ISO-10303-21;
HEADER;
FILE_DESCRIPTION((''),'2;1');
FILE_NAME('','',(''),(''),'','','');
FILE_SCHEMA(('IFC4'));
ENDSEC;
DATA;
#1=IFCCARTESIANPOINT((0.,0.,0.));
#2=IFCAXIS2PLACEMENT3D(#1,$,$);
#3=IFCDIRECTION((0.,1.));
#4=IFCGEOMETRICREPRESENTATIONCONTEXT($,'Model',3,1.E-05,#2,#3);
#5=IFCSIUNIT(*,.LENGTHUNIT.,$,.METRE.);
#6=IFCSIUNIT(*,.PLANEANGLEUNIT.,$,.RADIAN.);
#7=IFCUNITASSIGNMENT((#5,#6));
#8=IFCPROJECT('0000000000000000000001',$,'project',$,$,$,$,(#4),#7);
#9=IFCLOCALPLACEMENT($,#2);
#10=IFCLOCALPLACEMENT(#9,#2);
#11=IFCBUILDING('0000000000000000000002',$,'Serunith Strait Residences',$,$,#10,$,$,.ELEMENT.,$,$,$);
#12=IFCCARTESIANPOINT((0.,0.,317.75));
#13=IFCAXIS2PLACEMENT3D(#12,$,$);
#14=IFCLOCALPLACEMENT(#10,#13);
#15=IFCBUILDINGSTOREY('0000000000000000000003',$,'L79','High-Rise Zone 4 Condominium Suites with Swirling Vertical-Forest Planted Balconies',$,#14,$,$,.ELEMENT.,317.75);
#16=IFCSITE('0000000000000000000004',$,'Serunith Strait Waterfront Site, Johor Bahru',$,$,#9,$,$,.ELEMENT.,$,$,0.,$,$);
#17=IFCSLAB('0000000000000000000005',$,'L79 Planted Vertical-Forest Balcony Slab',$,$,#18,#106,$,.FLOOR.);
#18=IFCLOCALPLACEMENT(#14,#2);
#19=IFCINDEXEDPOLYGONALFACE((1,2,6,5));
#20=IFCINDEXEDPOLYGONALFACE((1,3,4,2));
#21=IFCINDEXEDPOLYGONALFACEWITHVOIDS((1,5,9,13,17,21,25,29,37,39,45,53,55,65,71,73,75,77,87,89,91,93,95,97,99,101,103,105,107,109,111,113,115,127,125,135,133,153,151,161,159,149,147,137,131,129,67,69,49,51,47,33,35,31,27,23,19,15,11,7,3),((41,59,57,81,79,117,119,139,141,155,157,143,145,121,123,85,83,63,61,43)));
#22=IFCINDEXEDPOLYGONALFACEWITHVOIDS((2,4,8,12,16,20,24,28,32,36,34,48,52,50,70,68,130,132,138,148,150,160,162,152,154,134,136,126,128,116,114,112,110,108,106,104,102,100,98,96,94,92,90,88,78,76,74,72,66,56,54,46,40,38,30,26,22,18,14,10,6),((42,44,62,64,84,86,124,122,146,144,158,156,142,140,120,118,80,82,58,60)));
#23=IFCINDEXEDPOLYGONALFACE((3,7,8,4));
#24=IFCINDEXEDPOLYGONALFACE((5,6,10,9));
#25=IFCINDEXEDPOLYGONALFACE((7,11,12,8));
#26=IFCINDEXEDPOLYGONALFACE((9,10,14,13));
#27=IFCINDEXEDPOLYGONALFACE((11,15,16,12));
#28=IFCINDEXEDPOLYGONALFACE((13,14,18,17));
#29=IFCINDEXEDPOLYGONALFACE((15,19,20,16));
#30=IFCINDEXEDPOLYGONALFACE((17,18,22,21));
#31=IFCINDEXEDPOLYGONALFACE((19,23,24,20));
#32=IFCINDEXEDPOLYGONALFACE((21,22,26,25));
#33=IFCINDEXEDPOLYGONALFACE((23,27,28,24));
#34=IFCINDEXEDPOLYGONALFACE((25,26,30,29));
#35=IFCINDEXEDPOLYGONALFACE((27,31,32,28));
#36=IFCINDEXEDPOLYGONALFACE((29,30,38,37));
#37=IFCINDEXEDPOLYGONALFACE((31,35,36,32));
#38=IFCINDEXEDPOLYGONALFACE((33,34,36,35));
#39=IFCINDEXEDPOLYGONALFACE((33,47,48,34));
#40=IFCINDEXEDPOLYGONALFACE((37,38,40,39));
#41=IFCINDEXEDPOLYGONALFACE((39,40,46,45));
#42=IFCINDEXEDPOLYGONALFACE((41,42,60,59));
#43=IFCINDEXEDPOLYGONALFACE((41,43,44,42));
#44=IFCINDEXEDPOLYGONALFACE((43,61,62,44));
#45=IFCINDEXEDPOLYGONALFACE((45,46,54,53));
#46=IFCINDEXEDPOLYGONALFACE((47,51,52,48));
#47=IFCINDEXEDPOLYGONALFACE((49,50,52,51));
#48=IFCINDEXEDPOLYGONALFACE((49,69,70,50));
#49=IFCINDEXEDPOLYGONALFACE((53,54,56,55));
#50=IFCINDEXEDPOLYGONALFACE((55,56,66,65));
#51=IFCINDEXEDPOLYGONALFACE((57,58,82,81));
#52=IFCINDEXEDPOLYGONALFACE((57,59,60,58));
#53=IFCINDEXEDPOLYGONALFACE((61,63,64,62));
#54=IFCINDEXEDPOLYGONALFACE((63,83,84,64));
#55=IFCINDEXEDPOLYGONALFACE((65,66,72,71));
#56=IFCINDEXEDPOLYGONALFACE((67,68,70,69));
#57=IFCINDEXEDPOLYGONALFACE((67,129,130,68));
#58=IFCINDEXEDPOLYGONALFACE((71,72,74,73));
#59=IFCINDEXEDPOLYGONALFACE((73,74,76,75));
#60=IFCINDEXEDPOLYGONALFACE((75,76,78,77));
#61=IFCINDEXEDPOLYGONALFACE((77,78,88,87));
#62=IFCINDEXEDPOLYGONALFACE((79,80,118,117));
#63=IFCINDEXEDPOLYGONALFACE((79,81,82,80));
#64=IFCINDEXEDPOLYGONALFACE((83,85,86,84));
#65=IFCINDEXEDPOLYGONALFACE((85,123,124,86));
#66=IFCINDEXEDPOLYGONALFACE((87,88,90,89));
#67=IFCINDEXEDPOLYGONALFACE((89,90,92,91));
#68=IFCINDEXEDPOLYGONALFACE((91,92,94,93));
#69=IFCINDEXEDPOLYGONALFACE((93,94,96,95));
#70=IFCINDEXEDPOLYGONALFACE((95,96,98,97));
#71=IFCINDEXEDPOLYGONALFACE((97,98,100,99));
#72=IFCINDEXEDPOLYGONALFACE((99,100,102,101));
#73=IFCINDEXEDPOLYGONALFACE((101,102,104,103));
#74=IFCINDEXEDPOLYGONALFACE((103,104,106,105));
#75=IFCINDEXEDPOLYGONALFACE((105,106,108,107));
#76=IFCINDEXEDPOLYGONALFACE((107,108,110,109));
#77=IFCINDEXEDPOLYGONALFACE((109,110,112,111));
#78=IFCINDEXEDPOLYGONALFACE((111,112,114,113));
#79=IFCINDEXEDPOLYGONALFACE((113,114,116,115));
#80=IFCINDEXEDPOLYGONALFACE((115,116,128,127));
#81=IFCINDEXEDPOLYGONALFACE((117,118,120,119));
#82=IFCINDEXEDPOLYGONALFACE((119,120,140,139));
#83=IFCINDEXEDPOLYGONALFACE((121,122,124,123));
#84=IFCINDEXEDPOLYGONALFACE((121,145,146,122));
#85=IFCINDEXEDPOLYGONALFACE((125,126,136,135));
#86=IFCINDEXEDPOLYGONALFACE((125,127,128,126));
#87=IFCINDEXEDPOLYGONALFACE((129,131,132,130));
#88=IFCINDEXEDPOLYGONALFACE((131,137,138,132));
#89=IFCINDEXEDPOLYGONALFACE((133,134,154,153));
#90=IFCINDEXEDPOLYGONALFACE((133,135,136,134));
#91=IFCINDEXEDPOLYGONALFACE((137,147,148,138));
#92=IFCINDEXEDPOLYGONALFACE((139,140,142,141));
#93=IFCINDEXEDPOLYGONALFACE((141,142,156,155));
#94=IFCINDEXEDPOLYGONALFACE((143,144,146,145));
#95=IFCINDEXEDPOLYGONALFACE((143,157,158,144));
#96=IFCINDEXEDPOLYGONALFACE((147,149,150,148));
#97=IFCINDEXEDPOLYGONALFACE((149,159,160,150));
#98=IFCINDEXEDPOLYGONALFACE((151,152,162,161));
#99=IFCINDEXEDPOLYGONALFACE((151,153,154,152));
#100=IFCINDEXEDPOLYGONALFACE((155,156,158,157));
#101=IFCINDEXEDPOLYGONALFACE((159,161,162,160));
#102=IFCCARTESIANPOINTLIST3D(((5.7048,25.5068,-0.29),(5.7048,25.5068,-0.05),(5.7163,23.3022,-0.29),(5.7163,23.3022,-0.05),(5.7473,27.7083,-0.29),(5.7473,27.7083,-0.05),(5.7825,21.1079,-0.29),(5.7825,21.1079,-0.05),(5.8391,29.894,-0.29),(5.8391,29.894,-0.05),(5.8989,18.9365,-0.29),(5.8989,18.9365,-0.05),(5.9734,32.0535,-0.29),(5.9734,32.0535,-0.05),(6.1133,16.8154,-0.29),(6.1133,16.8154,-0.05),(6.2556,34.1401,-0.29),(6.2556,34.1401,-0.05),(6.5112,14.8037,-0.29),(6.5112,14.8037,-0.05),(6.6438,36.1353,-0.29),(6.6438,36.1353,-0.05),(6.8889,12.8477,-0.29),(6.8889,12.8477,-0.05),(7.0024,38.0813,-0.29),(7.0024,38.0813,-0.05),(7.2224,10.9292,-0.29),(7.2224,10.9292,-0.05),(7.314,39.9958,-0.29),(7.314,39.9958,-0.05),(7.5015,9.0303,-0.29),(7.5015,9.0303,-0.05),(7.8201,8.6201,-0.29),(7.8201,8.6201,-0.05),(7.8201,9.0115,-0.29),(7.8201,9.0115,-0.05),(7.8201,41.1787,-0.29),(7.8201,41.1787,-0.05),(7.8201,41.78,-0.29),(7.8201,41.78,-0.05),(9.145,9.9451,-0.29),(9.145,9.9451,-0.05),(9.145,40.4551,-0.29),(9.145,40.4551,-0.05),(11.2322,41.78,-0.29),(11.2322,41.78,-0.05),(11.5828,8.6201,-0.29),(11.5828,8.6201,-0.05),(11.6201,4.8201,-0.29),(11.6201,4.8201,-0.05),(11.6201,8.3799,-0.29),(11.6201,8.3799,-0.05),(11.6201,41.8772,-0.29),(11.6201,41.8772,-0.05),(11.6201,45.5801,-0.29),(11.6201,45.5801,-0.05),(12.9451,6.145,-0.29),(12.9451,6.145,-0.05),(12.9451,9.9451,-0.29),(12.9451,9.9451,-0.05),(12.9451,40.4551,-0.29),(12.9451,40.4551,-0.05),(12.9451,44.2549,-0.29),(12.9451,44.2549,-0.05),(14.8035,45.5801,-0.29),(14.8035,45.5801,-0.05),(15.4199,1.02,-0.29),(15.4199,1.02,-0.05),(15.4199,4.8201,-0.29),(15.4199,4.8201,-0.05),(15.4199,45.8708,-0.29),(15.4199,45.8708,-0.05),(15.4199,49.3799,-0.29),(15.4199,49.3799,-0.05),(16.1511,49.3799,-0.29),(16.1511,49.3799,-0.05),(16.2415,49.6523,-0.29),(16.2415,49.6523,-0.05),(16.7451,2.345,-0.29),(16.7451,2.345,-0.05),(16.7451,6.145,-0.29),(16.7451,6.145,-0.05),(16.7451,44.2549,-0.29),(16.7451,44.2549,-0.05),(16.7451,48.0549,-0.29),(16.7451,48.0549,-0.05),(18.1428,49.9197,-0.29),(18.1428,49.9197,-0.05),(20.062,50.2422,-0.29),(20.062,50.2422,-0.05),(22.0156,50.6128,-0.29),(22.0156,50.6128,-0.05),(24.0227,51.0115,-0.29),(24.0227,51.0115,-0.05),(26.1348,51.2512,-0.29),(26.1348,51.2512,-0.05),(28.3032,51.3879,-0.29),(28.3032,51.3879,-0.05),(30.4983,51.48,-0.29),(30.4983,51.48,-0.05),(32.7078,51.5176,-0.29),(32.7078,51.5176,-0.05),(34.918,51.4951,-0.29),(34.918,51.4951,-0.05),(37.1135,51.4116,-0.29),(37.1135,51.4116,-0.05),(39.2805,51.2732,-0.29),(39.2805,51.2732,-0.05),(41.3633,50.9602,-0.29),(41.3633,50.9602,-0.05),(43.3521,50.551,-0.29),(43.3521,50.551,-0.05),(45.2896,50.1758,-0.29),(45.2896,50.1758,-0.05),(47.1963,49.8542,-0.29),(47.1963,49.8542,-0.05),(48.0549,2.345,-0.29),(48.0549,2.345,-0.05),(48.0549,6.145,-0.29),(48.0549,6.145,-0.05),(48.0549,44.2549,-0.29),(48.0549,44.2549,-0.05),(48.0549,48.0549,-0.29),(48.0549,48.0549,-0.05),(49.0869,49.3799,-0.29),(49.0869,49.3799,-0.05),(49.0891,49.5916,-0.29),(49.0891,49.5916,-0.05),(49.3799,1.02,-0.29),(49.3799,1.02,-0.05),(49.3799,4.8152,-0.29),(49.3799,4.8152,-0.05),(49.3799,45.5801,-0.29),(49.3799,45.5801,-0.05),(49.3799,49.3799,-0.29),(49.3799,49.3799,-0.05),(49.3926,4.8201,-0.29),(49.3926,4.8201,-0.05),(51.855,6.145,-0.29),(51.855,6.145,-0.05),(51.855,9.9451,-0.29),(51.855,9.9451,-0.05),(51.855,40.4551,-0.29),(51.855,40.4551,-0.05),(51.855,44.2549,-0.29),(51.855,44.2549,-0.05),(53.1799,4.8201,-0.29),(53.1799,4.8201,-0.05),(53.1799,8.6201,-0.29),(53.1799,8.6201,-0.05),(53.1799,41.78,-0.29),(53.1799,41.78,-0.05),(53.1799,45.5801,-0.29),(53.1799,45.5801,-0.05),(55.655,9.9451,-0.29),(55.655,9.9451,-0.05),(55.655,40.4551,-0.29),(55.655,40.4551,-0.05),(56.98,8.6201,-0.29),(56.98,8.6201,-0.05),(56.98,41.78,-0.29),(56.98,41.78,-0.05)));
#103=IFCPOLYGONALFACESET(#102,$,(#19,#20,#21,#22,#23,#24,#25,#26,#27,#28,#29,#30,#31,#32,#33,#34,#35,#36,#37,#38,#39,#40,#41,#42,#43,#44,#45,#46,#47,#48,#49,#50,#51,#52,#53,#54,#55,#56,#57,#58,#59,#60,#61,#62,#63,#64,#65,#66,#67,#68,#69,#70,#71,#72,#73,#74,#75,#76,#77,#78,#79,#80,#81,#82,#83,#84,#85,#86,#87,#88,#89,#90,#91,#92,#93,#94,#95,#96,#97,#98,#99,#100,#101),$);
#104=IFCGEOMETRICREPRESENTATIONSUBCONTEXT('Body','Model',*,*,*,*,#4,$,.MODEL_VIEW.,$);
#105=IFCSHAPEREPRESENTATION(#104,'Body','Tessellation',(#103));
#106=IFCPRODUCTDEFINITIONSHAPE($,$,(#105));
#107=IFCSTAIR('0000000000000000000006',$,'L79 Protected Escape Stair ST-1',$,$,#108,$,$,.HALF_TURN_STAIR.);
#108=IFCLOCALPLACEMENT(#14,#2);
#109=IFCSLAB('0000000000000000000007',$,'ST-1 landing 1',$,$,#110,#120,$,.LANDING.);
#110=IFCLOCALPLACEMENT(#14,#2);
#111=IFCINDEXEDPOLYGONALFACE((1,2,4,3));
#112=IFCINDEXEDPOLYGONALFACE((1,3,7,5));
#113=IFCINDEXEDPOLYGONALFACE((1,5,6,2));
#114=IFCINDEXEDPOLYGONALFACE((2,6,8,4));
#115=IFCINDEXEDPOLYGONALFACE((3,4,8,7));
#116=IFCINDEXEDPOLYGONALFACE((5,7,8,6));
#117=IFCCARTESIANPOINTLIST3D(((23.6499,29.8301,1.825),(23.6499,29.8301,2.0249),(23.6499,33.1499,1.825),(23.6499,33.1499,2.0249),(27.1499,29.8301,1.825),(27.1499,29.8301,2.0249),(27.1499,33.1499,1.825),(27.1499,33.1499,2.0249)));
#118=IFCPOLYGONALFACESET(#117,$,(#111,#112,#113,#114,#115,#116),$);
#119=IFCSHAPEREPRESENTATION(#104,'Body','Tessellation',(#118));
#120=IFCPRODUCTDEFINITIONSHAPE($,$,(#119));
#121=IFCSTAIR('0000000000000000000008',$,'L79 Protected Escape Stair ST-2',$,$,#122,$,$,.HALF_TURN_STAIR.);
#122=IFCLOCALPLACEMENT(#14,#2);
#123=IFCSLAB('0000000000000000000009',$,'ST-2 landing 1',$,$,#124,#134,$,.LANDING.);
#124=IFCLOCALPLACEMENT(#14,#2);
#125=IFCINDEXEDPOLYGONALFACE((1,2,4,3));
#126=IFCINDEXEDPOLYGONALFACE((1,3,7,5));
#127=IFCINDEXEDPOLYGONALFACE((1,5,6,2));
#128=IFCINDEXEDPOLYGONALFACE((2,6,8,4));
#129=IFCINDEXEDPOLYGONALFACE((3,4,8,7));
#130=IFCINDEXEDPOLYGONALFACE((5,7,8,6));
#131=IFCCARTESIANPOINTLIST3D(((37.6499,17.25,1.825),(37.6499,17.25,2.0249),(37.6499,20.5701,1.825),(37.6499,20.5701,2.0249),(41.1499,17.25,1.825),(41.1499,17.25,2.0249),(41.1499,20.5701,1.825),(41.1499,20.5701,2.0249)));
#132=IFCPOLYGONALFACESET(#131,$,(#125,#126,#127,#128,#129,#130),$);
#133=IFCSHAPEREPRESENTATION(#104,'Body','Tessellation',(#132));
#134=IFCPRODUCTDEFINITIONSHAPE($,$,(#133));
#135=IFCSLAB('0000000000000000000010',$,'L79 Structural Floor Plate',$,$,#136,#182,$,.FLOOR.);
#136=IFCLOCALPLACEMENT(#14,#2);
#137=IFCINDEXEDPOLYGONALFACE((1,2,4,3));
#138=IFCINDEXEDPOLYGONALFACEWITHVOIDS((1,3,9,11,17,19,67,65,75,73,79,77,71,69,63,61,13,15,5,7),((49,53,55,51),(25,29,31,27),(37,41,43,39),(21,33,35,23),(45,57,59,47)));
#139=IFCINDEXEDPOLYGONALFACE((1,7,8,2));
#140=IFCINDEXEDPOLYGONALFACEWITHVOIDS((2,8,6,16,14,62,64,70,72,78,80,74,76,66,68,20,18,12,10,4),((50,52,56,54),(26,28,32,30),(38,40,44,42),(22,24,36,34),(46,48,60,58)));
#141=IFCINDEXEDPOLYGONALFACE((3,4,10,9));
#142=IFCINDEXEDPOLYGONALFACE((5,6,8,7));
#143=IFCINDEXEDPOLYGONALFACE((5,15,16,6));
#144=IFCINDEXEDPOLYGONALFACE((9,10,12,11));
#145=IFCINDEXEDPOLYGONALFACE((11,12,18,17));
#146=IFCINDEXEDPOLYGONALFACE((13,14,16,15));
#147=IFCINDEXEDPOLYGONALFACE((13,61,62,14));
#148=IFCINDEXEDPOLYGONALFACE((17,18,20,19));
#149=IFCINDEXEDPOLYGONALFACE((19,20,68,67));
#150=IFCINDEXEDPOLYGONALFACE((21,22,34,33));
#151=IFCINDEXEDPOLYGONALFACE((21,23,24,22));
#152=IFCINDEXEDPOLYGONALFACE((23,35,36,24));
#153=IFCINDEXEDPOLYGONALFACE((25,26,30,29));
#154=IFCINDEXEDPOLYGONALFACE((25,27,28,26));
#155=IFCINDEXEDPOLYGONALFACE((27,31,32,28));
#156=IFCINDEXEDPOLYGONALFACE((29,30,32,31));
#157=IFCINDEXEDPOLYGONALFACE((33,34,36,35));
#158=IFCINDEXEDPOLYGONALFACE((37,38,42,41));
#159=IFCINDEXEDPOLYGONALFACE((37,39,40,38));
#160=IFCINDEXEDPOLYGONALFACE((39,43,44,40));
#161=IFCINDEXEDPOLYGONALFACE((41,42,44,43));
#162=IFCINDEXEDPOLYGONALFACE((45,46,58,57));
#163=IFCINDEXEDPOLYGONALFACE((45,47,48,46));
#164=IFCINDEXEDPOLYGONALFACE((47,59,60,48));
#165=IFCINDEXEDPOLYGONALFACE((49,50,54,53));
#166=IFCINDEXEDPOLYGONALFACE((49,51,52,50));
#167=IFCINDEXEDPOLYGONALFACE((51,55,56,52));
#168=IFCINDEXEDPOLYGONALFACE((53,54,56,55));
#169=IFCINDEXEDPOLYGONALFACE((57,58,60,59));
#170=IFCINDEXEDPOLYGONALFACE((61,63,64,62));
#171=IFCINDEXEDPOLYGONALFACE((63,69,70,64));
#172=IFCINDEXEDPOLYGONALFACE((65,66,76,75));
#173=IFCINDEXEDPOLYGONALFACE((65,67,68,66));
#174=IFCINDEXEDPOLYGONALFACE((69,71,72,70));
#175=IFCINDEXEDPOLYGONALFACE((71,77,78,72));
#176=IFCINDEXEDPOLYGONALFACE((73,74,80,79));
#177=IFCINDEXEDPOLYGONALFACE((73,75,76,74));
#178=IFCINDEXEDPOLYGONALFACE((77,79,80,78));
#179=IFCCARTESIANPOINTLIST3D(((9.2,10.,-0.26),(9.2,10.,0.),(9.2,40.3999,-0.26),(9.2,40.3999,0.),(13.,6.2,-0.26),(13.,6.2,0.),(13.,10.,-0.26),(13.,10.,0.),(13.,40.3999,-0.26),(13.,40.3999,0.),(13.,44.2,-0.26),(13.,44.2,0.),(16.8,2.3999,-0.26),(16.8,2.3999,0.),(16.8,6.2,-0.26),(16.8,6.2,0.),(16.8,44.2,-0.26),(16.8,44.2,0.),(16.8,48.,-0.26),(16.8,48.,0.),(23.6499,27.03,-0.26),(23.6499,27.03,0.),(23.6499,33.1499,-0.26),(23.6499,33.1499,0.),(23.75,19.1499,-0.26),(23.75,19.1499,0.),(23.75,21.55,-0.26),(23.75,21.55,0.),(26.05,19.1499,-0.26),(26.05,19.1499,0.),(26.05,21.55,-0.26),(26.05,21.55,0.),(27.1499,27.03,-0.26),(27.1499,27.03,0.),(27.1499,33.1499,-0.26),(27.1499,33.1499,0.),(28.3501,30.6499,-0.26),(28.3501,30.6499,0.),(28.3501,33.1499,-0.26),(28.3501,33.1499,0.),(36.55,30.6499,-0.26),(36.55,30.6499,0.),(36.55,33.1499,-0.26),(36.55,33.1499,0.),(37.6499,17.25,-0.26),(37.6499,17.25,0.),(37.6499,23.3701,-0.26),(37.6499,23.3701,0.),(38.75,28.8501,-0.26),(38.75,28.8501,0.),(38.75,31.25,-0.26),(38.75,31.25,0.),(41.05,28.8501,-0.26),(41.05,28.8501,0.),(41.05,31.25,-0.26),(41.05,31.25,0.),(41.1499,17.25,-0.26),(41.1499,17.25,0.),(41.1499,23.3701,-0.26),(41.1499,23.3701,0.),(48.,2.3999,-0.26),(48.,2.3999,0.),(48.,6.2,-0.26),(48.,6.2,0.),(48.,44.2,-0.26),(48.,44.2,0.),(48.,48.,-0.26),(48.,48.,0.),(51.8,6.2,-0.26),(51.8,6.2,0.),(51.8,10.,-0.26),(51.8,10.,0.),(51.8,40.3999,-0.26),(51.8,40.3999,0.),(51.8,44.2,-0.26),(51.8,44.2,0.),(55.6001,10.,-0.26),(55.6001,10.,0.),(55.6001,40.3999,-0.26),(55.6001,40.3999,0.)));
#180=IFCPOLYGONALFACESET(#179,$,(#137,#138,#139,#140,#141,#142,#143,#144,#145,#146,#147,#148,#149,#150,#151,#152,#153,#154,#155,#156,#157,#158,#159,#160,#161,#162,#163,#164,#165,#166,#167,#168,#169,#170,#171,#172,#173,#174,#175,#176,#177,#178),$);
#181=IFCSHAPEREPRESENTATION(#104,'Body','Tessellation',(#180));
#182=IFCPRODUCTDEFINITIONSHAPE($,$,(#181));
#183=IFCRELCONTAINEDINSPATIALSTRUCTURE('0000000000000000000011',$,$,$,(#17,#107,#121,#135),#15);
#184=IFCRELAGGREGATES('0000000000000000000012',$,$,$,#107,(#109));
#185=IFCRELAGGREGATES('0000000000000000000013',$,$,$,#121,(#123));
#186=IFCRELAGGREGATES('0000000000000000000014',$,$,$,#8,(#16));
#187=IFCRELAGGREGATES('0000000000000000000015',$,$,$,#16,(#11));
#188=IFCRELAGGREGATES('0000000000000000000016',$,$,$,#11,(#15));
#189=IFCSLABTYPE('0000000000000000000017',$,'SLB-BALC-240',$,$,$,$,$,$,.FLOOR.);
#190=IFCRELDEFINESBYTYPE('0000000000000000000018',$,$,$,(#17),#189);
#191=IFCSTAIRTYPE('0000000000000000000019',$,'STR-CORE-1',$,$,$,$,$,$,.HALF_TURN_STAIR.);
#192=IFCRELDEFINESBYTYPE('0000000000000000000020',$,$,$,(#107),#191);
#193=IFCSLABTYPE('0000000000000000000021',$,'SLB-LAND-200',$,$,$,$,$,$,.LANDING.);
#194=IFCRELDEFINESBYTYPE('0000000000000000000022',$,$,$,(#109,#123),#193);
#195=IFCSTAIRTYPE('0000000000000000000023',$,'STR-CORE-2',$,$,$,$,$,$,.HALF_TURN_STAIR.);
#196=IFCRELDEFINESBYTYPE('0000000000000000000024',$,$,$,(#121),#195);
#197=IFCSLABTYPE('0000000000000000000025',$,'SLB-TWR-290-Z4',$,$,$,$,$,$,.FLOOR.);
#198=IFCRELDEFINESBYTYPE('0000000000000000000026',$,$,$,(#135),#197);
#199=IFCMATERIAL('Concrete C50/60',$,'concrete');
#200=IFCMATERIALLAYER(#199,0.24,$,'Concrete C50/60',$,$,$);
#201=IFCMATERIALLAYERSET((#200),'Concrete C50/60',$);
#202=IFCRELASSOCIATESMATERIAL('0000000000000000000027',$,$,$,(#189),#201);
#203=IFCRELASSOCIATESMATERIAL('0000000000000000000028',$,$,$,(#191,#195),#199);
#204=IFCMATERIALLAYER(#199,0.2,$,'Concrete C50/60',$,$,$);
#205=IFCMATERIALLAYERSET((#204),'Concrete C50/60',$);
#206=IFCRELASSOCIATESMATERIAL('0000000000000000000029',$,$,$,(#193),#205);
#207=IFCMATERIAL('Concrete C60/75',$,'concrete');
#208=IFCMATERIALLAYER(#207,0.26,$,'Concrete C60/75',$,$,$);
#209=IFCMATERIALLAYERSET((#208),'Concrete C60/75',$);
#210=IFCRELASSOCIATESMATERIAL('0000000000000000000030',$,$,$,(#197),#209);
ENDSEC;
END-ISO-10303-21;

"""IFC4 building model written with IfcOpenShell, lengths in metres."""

from ifc_helpers import new_model, si_unit, direction, frame, origin, place, context, subcontext, project, spatial, polyline, outline, extrude, material, layer, layer_set, type_object, element, aggregate, save


model = new_model("IFC4")

# Units and contexts
model_context = context("Model", 3, precision=1e-05, world=origin(), true_north=direction((0.0, 1.0)))
body_context = subcontext(model_context, "Body", "Model", "MODEL_VIEW")
ifc_project = project(units=[si_unit("LENGTHUNIT", "METRE"), si_unit("PLANEANGLEUNIT", "RADIAN")], contexts=[model_context])

# Site, building, storey
site_placement = place(None, origin())
site = spatial("IfcSite", under=ifc_project, at=site_placement, Name="Serunith Strait Waterfront Site, Johor Bahru", CompositionType="ELEMENT", RefElevation=0.0)
building_placement = place(site_placement, origin())
building = spatial("IfcBuilding", under=site, at=building_placement, Name="Serunith Strait Residences", CompositionType="ELEMENT")
storey_placement = place(building_placement, frame((0.0, 0.0, 317.75)))
storey = spatial("IfcBuildingStorey", under=building, at=storey_placement, Name="L79", Description="High-Rise Zone 4 Condominium Suites with Swirling Vertical-Forest Planted Balconies", CompositionType="ELEMENT", Elevation=317.75)

# Slab
ifc_material_1 = material(Name="Concrete C50/60", Category="concrete")
ifc_layer_1 = layer(ifc_material_1, 0.24, Name="Concrete C50/60")
ifc_layer_set_1 = layer_set([ifc_layer_1], Name="Concrete C50/60")
slab_type_1 = type_object("IfcSlabType", Name="SLB-BALC-240", PredefinedType="FLOOR", material=ifc_layer_set_1)
slab_1_placement = place(storey_placement, frame((0.0, 0.0, -0.29)))
element("IfcSlab", 1, at=slab_1_placement, inside=storey, type_object=slab_type_1, Name="L79 Planted Vertical-Forest Balcony Slab", PredefinedType="FLOOR", context=body_context, shape_type="SweptSolid", body=[
    extrude(outline(polyline([(7.8201, 8.6201), (7.8201, 9.0115), (7.5015, 9.0303), (7.2224, 10.9292), (6.8889, 12.8477), (6.5112, 14.8037), (6.1133, 16.8154), (5.8989, 18.9365), (5.7825, 21.1079), (5.7163, 23.3022), (5.7048, 25.5068), (5.7473, 27.7083), (5.8391, 29.894), (5.9734, 32.0535), (6.2556, 34.1401), (6.6438, 36.1353), (7.0024, 38.0813), (7.314, 39.9958), (7.8201, 41.1787), (7.8201, 41.78), (11.2322, 41.78), (11.6201, 41.8772), (11.6201, 45.5801), (14.8035, 45.5801), (15.4199, 45.8708), (15.4199, 49.3799), (16.1511, 49.3799), (16.2415, 49.6523), (18.1428, 49.9197), (20.062, 50.2422), (22.0156, 50.6128), (24.0227, 51.0115), (26.1348, 51.2512), (28.3032, 51.3879), (30.4983, 51.48), (32.7078, 51.5176), (34.918, 51.4951), (37.1135, 51.4116), (39.2805, 51.2732), (41.3633, 50.9602), (43.3521, 50.551), (45.2896, 50.1758), (47.1963, 49.8542), (49.0891, 49.5916), (49.0869, 49.3799), (49.3799, 49.3799), (49.3799, 45.5801), (53.1799, 45.5801), (53.1799, 41.78), (56.98, 41.78), (56.98, 8.6201), (53.1799, 8.6201), (53.1799, 4.8201), (49.3926, 4.8201), (49.3799, 4.8152), (49.3799, 1.02), (15.4199, 1.02), (15.4199, 4.8201), (11.6201, 4.8201), (11.6201, 8.3799), (11.5828, 8.6201), (7.8201, 8.6201)]), holes=[polyline([(48.0549, 2.345), (48.0549, 6.145), (51.855, 6.145), (51.855, 9.9451), (55.655, 9.9451), (55.655, 40.4551), (51.855, 40.4551), (51.855, 44.2549), (48.0549, 44.2549), (48.0549, 48.0549), (16.7451, 48.0549), (16.7451, 44.2549), (12.9451, 44.2549), (12.9451, 40.4551), (9.145, 40.4551), (9.145, 9.9451), (12.9451, 9.9451), (12.9451, 6.145), (16.7451, 6.145), (16.7451, 2.345), (48.0549, 2.345)])]), origin(), (0.0, 0.0, 1.0), 0.24),
])

# Stairs, slabs
stair_type_1 = type_object("IfcStairType", Name="STR-CORE-1", PredefinedType="HALF_TURN_STAIR", material=ifc_material_1)
stair_1_placement = place(storey_placement, origin())
stair_1 = element("IfcStair", 2, at=stair_1_placement, inside=storey, type_object=stair_type_1, Name="L79 Protected Escape Stair ST-1", PredefinedType="HALF_TURN_STAIR")
ifc_layer_2 = layer(ifc_material_1, 0.2, Name="Concrete C50/60")
ifc_layer_set_2 = layer_set([ifc_layer_2], Name="Concrete C50/60")
slab_type_2 = type_object("IfcSlabType", Name="SLB-LAND-200", PredefinedType="LANDING", material=ifc_layer_set_2)
slab_2_placement = place(storey_placement, frame((0.0, 0.0, 1.825)))
slab_2 = element("IfcSlab", 3, at=slab_2_placement, type_object=slab_type_2, Name="ST-1 landing 1", PredefinedType="LANDING", context=body_context, shape_type="SweptSolid", body=[
    extrude(outline(polyline([(27.1499, 29.8301), (27.1499, 33.1499), (23.6499, 33.1499), (23.6499, 29.8301), (27.1499, 29.8301)])), origin(), (0.0, 0.0, 1.0), 0.2),
])
aggregate(stair_1, [slab_2])
stair_type_2 = type_object("IfcStairType", Name="STR-CORE-2", PredefinedType="HALF_TURN_STAIR", material=ifc_material_1)
stair_2_placement = place(storey_placement, origin())
stair_2 = element("IfcStair", 4, at=stair_2_placement, inside=storey, type_object=stair_type_2, Name="L79 Protected Escape Stair ST-2", PredefinedType="HALF_TURN_STAIR")
slab_3_placement = place(storey_placement, frame((0.0, 0.0, 1.825)))
slab_3 = element("IfcSlab", 5, at=slab_3_placement, type_object=slab_type_2, Name="ST-2 landing 1", PredefinedType="LANDING", context=body_context, shape_type="SweptSolid", body=[
    extrude(outline(polyline([(37.6499, 20.5701), (37.6499, 17.25), (41.1499, 17.25), (41.1499, 20.5701), (37.6499, 20.5701)])), origin(), (0.0, 0.0, 1.0), 0.2),
])
aggregate(stair_2, [slab_3])

# Slab
ifc_material_2 = material(Name="Concrete C60/75", Category="concrete")
ifc_layer_3 = layer(ifc_material_2, 0.26, Name="Concrete C60/75")
ifc_layer_set_3 = layer_set([ifc_layer_3], Name="Concrete C60/75")
slab_type_3 = type_object("IfcSlabType", Name="SLB-TWR-290-Z4", PredefinedType="FLOOR", material=ifc_layer_set_3)
slab_4_placement = place(storey_placement, frame((0.0, 0.0, -0.26)))
element("IfcSlab", 6, at=slab_4_placement, inside=storey, type_object=slab_type_3, Name="L79 Structural Floor Plate", PredefinedType="FLOOR", context=body_context, shape_type="SweptSolid", body=[
    extrude(outline(polyline([(16.8, 6.2), (13.0, 6.2), (13.0, 10.0), (9.2, 10.0), (9.2, 40.3999), (13.0, 40.3999), (13.0, 44.2), (16.8, 44.2), (16.8, 48.0), (48.0, 48.0), (48.0, 44.2), (51.8, 44.2), (51.8, 40.3999), (55.6001, 40.3999), (55.6001, 10.0), (51.8, 10.0), (51.8, 6.2), (48.0, 6.2), (48.0, 2.3999), (16.8, 2.3999), (16.8, 6.2)]), holes=[polyline([(41.1499, 23.3701), (37.6499, 23.3701), (37.6499, 17.25), (41.1499, 17.25), (41.1499, 23.3701)]), polyline([(38.75, 31.25), (38.75, 28.8501), (41.05, 28.8501), (41.05, 31.25), (38.75, 31.25)]), polyline([(36.55, 33.1499), (28.3501, 33.1499), (28.3501, 30.6499), (36.55, 30.6499), (36.55, 33.1499)]), polyline([(23.6499, 33.1499), (23.6499, 27.03), (27.1499, 27.03), (27.1499, 33.1499), (23.6499, 33.1499)]), polyline([(23.75, 21.55), (23.75, 19.1499), (26.05, 19.1499), (26.05, 21.55), (23.75, 21.55)])]), origin(), (0.0, 0.0, 1.0), 0.26),
])

save(model, "model.ifc")
